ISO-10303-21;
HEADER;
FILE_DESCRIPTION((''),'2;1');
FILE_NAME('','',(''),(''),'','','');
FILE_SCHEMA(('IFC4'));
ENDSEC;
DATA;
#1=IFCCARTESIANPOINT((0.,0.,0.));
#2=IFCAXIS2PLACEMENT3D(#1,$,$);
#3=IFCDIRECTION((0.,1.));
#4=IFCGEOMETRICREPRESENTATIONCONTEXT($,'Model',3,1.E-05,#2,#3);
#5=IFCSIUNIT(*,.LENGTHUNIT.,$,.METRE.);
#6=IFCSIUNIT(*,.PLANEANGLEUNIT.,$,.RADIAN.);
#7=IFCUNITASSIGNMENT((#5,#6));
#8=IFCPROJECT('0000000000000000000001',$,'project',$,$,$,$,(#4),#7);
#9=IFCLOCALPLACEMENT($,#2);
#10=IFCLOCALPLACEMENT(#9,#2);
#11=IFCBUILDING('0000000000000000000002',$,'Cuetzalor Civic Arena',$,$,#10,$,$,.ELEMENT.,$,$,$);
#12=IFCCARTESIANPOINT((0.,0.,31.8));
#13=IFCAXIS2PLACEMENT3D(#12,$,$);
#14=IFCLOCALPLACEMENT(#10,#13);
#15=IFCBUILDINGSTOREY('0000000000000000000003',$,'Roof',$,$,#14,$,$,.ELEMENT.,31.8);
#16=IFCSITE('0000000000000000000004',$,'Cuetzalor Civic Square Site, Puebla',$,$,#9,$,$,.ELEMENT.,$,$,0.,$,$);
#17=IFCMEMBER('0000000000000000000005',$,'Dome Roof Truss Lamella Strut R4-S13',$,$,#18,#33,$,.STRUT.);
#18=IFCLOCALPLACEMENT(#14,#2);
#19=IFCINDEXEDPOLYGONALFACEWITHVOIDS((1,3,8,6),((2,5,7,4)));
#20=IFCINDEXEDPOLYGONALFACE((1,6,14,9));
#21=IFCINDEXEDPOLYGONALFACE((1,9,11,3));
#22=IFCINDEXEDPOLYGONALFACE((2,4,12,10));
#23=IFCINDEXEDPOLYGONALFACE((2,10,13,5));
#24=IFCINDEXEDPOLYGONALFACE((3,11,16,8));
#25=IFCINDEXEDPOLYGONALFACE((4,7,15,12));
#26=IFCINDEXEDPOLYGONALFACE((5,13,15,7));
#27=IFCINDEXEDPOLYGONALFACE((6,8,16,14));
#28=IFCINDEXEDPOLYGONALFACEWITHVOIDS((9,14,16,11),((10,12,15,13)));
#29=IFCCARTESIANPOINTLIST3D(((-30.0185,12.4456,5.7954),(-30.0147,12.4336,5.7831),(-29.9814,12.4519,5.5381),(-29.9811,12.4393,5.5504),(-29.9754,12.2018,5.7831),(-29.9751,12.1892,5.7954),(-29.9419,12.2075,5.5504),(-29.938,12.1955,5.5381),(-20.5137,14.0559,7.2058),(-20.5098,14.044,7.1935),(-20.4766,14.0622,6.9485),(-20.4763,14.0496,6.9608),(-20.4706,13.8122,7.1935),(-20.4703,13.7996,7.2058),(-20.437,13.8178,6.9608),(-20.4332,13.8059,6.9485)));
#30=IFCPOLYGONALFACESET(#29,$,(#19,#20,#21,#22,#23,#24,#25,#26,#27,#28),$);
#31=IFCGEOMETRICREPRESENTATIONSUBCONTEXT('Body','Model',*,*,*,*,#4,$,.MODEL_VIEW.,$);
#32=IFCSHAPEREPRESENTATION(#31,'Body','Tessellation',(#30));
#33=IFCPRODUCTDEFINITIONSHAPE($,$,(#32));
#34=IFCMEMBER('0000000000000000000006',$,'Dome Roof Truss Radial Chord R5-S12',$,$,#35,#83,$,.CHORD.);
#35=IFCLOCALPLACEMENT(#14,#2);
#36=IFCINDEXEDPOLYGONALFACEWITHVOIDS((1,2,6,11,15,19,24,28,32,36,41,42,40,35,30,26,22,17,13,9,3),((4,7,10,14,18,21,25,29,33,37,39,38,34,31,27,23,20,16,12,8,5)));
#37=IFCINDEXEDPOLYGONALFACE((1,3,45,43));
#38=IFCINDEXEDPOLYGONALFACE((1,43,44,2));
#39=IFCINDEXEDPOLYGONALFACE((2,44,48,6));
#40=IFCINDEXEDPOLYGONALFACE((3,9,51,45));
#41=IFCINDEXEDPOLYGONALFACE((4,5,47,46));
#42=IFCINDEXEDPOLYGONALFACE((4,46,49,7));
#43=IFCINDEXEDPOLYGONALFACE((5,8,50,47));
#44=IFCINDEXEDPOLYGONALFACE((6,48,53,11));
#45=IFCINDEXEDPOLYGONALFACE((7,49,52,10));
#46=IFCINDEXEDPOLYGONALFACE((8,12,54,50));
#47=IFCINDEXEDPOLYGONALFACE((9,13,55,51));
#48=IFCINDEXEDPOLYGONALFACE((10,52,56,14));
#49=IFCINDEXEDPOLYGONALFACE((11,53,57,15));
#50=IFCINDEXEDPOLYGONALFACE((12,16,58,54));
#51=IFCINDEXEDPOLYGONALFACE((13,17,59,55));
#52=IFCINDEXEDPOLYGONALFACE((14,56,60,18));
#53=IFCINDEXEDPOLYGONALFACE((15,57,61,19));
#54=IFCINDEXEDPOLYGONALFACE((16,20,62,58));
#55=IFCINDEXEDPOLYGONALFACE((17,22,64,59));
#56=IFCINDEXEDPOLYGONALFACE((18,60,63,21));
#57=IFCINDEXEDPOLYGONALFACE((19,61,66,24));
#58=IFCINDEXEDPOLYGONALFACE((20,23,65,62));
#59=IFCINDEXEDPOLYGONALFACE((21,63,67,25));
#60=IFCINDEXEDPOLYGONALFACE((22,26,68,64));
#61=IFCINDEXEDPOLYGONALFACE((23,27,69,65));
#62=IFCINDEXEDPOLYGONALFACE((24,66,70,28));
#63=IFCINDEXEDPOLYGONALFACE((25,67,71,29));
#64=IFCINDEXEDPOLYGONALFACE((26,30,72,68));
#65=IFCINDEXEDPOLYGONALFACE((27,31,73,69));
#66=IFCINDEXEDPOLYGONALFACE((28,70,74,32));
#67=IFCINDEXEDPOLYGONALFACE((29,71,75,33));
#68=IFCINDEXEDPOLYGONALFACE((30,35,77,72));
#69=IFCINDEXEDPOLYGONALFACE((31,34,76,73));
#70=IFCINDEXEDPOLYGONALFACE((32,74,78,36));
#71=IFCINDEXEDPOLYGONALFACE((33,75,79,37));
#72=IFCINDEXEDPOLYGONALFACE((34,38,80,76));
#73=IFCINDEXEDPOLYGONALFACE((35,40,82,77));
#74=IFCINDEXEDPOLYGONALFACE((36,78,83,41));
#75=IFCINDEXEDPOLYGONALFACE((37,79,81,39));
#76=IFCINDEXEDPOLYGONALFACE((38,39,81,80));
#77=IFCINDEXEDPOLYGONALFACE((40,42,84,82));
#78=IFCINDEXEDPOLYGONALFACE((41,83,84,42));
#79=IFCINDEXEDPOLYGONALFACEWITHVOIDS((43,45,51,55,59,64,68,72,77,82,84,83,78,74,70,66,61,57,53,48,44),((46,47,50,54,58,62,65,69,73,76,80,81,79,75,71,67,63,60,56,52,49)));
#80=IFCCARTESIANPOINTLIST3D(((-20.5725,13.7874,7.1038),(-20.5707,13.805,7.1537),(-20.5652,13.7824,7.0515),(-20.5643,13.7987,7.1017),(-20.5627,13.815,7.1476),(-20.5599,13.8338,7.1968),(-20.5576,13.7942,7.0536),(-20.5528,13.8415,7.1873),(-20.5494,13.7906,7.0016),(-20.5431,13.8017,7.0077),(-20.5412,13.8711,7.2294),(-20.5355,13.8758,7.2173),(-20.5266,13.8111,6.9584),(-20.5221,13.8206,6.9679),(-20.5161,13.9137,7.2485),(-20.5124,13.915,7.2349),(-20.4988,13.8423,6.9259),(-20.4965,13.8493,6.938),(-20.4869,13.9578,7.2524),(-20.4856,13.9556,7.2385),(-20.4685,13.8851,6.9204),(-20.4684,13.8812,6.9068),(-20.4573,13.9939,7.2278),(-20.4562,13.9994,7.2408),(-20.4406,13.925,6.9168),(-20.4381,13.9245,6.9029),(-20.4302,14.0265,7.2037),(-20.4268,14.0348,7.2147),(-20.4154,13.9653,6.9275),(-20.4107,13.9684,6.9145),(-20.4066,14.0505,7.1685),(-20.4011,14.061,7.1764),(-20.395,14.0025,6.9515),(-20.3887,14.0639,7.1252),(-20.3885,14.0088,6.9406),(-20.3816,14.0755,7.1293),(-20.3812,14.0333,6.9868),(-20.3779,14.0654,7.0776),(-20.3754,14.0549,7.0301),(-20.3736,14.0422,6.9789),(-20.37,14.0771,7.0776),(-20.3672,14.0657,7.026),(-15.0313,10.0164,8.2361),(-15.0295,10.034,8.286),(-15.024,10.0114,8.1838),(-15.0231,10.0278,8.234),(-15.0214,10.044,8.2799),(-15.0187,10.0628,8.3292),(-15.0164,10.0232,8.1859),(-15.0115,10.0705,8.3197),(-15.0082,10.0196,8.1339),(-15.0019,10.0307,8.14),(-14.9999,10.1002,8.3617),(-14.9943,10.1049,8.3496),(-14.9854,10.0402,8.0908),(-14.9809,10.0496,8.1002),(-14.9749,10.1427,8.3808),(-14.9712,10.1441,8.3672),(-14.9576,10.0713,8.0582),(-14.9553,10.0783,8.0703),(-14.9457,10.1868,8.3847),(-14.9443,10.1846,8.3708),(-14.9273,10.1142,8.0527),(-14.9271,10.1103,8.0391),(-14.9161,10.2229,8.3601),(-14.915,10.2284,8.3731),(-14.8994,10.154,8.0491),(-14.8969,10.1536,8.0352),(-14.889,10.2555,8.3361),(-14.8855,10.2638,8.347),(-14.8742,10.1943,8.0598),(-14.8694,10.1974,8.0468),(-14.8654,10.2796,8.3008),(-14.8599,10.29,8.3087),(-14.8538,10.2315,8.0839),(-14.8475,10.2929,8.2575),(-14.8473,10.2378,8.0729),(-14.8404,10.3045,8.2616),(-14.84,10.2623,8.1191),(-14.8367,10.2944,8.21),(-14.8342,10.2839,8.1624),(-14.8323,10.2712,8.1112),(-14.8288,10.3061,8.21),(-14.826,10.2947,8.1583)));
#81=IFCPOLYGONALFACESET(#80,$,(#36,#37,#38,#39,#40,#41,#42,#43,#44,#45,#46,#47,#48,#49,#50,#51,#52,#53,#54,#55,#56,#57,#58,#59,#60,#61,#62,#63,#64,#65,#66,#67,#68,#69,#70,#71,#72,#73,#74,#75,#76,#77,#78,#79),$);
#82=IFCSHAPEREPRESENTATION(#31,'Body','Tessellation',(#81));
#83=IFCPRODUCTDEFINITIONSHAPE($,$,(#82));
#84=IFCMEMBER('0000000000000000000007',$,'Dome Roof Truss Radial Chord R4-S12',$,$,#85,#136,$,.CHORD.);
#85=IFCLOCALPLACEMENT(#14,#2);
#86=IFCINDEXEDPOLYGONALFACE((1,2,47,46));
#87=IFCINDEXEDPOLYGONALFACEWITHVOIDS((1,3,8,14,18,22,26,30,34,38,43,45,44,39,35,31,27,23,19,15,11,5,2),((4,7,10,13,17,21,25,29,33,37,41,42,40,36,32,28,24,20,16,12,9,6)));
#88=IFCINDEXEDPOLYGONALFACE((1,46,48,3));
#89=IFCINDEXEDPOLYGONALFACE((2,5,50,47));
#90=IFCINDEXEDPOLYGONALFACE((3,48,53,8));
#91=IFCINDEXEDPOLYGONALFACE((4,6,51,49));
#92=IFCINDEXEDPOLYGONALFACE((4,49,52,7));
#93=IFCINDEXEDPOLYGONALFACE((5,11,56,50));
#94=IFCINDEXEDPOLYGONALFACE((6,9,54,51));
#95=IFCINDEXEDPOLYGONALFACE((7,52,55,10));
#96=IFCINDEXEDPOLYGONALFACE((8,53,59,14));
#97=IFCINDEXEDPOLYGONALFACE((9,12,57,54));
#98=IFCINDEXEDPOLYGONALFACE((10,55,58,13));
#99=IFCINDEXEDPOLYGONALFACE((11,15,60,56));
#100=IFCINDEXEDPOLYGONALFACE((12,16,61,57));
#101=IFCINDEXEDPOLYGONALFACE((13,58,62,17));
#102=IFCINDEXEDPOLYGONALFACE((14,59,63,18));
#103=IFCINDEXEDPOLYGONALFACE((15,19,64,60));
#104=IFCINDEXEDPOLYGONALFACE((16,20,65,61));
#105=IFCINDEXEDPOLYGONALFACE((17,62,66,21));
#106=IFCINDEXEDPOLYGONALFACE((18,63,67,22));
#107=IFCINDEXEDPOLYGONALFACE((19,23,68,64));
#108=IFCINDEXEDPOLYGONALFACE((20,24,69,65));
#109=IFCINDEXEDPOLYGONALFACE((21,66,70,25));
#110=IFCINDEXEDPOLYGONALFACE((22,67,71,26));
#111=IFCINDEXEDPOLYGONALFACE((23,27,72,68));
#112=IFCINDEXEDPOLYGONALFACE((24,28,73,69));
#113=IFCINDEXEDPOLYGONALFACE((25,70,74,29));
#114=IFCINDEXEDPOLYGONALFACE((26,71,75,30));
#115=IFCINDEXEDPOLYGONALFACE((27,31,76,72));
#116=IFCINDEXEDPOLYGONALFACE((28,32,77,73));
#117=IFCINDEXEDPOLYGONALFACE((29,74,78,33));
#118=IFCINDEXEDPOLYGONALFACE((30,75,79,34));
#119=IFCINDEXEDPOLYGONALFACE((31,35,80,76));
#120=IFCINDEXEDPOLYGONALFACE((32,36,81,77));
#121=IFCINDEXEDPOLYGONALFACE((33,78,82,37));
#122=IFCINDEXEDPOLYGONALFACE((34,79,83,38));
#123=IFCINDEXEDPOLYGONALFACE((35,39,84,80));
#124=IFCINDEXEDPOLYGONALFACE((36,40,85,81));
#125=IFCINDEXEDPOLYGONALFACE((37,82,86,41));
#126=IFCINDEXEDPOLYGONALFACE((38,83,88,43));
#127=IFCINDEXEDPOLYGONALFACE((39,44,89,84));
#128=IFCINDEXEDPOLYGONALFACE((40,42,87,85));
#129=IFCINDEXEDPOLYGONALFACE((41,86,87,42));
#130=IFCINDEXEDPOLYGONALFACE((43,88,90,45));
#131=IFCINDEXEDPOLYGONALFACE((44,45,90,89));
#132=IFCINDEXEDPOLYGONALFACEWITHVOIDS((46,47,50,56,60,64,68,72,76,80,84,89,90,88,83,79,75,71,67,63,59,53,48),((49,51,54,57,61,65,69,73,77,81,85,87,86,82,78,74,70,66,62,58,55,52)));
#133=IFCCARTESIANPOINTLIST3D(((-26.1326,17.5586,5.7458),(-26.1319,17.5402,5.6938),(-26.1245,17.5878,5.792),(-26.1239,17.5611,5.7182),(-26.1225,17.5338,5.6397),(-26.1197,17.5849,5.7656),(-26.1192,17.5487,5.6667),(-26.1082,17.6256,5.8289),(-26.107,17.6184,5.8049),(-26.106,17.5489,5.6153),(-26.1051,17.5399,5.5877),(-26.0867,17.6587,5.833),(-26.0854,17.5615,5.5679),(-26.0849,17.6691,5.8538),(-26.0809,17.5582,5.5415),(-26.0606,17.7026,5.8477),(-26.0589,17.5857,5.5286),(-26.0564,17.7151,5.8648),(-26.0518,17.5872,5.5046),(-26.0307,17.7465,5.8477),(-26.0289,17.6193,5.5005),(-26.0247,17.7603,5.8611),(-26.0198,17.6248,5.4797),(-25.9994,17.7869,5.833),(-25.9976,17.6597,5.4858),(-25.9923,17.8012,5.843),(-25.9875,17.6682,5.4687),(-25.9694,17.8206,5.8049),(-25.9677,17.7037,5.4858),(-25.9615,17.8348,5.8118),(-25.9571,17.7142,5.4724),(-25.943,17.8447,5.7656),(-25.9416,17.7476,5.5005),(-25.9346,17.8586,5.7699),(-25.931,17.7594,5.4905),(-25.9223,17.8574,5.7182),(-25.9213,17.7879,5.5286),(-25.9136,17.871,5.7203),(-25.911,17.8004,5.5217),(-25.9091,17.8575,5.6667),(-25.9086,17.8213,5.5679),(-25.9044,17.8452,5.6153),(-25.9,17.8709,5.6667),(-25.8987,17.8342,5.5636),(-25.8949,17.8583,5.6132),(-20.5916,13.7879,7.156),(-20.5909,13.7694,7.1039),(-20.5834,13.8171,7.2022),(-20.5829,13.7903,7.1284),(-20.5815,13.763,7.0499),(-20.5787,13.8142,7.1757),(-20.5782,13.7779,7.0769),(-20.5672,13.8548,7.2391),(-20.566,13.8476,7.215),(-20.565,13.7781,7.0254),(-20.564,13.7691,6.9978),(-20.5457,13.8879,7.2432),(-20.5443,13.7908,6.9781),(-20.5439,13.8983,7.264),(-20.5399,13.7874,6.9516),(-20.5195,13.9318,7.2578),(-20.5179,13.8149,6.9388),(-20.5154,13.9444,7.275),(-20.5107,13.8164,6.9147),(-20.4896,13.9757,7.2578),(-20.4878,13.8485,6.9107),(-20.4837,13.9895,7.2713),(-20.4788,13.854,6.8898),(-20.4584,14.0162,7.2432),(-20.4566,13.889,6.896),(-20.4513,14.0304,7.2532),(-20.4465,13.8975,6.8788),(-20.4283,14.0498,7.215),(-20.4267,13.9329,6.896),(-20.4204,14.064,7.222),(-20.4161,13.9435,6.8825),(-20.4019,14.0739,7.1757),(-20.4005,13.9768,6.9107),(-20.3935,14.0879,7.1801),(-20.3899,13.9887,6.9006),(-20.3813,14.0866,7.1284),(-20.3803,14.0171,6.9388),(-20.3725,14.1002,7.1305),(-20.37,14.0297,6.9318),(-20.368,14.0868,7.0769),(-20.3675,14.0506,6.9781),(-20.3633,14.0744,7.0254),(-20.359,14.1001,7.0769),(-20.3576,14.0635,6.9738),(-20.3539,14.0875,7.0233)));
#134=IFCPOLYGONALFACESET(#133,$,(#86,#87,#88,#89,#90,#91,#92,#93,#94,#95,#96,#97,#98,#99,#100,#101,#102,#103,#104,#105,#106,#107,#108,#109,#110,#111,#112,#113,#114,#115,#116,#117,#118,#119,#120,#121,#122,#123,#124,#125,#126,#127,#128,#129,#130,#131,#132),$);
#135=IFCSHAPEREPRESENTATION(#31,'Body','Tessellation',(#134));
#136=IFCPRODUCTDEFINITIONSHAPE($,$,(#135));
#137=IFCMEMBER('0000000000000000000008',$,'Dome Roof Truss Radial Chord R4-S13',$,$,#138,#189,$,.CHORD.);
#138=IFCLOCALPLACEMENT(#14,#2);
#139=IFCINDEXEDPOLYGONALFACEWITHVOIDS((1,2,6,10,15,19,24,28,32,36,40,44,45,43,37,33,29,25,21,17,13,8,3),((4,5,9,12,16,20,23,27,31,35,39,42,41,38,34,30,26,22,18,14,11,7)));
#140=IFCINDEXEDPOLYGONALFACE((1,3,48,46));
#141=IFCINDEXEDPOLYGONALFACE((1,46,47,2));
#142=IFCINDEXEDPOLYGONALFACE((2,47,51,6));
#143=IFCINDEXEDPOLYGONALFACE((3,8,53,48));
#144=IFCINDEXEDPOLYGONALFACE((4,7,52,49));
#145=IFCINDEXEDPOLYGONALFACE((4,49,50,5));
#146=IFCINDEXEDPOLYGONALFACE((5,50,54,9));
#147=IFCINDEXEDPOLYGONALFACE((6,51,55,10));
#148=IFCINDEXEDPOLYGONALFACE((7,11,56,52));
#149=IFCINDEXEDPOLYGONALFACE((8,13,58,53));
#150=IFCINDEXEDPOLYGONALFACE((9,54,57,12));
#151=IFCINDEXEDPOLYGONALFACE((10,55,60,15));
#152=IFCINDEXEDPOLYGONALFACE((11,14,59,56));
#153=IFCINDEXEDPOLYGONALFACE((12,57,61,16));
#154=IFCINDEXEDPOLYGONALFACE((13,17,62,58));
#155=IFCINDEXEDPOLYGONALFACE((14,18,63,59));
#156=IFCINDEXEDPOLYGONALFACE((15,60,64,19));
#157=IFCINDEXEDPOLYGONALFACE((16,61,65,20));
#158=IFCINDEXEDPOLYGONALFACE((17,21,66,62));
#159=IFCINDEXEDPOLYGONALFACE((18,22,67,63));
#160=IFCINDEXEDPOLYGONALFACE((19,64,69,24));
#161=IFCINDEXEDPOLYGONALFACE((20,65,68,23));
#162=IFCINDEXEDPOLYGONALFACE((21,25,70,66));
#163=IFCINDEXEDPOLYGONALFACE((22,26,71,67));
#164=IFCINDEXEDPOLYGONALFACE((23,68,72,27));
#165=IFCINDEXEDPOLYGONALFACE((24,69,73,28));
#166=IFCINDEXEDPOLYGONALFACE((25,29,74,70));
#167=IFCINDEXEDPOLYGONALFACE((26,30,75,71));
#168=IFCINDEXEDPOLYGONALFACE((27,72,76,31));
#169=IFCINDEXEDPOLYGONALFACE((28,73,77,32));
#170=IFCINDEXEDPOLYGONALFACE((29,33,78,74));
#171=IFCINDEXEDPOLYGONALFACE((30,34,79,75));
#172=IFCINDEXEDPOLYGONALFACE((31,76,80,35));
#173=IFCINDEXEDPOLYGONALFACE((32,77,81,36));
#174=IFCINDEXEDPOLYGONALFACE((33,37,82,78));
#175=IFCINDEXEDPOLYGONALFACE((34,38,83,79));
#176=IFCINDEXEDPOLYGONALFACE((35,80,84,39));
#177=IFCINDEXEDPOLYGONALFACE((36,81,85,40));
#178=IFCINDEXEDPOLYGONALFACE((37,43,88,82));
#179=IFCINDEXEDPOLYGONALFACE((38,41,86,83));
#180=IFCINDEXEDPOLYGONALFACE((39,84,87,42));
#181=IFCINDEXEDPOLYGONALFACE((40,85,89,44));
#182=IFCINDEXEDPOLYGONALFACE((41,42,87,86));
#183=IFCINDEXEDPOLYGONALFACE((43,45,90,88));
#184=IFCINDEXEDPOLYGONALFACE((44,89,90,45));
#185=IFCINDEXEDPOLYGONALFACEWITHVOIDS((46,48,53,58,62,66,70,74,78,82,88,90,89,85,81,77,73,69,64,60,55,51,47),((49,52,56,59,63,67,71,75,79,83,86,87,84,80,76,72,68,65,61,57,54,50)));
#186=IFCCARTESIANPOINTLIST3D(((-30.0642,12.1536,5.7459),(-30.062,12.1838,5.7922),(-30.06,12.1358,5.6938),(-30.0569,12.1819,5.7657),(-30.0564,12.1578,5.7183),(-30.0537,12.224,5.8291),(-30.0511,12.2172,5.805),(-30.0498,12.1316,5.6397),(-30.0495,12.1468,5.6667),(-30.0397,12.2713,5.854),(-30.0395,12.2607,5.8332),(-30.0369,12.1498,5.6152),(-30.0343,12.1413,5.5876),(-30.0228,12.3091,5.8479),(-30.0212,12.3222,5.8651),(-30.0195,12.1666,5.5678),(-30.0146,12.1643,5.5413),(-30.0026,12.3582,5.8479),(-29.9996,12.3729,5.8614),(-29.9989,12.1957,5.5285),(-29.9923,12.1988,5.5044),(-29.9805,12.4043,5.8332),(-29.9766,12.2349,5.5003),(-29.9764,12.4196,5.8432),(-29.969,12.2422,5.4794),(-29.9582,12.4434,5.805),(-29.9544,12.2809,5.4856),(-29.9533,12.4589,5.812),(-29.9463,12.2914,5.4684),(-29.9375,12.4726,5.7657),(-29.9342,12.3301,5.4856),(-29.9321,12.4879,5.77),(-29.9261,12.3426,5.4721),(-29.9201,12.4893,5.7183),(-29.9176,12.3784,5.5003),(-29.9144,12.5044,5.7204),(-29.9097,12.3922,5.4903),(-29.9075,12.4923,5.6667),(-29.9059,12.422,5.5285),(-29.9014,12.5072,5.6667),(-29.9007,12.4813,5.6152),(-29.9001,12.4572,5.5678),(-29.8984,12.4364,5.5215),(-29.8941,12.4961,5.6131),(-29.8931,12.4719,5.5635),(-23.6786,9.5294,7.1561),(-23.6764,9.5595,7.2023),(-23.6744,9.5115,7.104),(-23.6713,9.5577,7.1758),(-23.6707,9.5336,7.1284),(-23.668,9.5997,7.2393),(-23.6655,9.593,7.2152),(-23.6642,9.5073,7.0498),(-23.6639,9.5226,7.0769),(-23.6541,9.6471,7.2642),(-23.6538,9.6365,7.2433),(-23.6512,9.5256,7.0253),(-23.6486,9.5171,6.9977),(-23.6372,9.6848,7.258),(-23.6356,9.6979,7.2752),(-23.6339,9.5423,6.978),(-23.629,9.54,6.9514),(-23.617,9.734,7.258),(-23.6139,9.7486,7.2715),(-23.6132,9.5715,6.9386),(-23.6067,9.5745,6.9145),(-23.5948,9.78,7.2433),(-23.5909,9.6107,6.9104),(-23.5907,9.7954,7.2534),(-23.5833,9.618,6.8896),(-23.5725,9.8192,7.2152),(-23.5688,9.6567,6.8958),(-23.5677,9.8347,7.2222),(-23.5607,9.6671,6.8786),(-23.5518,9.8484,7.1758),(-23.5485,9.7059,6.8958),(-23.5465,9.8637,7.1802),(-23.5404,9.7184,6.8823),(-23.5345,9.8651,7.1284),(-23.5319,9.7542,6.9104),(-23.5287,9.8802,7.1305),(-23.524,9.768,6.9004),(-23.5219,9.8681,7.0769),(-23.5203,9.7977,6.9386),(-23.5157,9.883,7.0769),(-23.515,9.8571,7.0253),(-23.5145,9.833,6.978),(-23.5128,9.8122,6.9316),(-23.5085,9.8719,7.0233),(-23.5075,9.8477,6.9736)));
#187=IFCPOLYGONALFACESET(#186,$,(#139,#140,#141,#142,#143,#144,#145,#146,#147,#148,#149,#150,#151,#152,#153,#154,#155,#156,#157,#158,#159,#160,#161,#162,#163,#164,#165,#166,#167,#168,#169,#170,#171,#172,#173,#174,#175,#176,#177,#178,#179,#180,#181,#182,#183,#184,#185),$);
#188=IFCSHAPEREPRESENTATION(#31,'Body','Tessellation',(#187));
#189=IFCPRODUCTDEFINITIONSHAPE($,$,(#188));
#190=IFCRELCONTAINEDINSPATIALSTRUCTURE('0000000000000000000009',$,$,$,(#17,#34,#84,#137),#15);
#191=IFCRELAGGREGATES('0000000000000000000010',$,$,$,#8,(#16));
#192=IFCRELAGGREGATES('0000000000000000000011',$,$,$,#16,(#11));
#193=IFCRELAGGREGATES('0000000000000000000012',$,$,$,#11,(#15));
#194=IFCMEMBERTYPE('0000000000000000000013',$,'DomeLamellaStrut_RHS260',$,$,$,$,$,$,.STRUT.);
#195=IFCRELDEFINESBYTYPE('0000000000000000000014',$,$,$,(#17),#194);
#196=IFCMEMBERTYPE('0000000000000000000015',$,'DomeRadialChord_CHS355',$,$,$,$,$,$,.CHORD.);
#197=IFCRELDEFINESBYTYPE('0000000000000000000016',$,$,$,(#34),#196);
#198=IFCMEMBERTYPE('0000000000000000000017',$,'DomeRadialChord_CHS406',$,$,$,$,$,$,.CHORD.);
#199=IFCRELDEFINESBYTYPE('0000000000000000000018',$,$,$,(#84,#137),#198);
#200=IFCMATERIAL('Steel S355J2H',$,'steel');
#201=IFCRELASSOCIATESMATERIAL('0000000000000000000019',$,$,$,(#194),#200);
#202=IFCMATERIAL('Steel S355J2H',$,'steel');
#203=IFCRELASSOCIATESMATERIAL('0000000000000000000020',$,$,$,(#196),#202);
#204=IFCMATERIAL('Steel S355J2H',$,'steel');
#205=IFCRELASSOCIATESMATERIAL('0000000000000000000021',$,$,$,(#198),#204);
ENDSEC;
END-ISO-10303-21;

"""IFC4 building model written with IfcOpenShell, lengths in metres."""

from ifc_helpers import new_model, si_unit, direction, frame, origin, origin_2d, place, context, subcontext, project, spatial, hollow_rectangle, hollow_circle, extrude, material, material_profile, profile_set, type_object, element, save


model = new_model("IFC4")

# Units and contexts
model_context = context("Model", 3, precision=1e-05, world=origin(), true_north=direction((0.0, 1.0)))
body_context = subcontext(model_context, "Body", "Model", "MODEL_VIEW")
ifc_project = project(units=[si_unit("LENGTHUNIT", "METRE"), si_unit("PLANEANGLEUNIT", "RADIAN")], contexts=[model_context])

# Site, building, storey
site_placement = place(None, origin())
site = spatial("IfcSite", under=ifc_project, at=site_placement, Name="Cuetzalor Civic Square Site, Puebla", CompositionType="ELEMENT", RefElevation=0.0)
building_placement = place(site_placement, origin())
building = spatial("IfcBuilding", under=site, at=building_placement, Name="Cuetzalor Civic Arena", CompositionType="ELEMENT")
storey_placement = place(building_placement, frame((0.0, 0.0, 31.8)))
storey = spatial("IfcBuildingStorey", under=building, at=storey_placement, Name="Roof", CompositionType="ELEMENT", Elevation=31.8)

# Members
ifc_material_1 = material(Name="Steel S355J2H", Category="steel")
ifc_material_profile_1 = material_profile(ifc_material_1, hollow_rectangle(XDim=0.26, YDim=0.26, WallThickness=0.0125, at=origin_2d()), Name="RHS 260x260x12.5")
ifc_profile_set_1 = profile_set([ifc_material_profile_1], Name="Steel S355J2H")
member_type_1 = type_object("IfcMemberType", Name="DomeLamellaStrut_RHS260", PredefinedType="STRUT", material=ifc_profile_set_1)
member_1_placement = place(storey_placement, frame((-29.9783, 12.3206, 5.6667), z_axis=(0.975564, 0.165284, 0.144761), x_axis=(-0.167043, 0.98595, 0.0)))
element("IfcMember", 1, at=member_1_placement, inside=storey, type_object=member_type_1, Name="Dome Roof Truss Lamella Strut R4-S13", PredefinedType="STRUT", context=body_context, shape_type="SweptSolid", body=[
    extrude(hollow_rectangle(XDim=0.26, YDim=0.26, WallThickness=0.0125, at=origin_2d()), origin(), (0.0, 0.0, 1.0), 9.7429),
])
ifc_material_2 = material(Name="Steel S355J2H", Category="steel")
ifc_material_profile_2 = material_profile(ifc_material_2, hollow_circle(Radius=0.1777, WallThickness=0.0142, at=origin_2d()), Name="CHS 355.6x14.2")
ifc_profile_set_2 = profile_set([ifc_material_profile_2], Name="Steel S355J2H")
member_type_2 = type_object("IfcMemberType", Name="DomeRadialChord_CHS355", PredefinedType="CHORD", material=ifc_profile_set_2)
member_2_placement = place(storey_placement, frame((-20.47, 13.9302, 7.0776), z_axis=(0.815172, -0.554749, 0.166576), x_axis=(0.56261, 0.826723, 0.0)))
element("IfcMember", 2, at=member_2_placement, inside=storey, type_object=member_type_2, Name="Dome Roof Truss Radial Chord R5-S12", PredefinedType="CHORD", context=body_context, shape_type="SweptSolid", body=[
    extrude(hollow_circle(Radius=0.1777, WallThickness=0.0142, at=origin_2d()), origin(), (0.0, 0.0, 1.0), 6.7976),
])
ifc_material_3 = material(Name="Steel S355J2H", Category="steel")
ifc_material_profile_3 = material_profile(ifc_material_3, hollow_circle(Radius=0.2029, WallThickness=0.0161, at=origin_2d()), Name="CHS 406x16")
ifc_profile_set_3 = profile_set([ifc_material_profile_3], Name="Steel S355J2H")
member_type_3 = type_object("IfcMemberType", Name="DomeRadialChord_CHS406", PredefinedType="CHORD", material=ifc_profile_set_3)
member_3_placement = place(storey_placement, frame((-26.0142, 17.7031, 5.6667), z_axis=(0.809015, -0.550548, 0.20589), x_axis=(0.562602, 0.826728, 0.0)))
element("IfcMember", 3, at=member_3_placement, inside=storey, type_object=member_type_3, Name="Dome Roof Truss Radial Chord R4-S12", PredefinedType="CHORD", context=body_context, shape_type="SweptSolid", body=[
    extrude(hollow_circle(Radius=0.2029, WallThickness=0.0161, at=origin_2d()), origin(), (0.0, 0.0, 1.0), 6.8491),
])
member_4_placement = place(storey_placement, frame((-29.9785, 12.3196, 5.6667), z_axis=(0.90623, -0.372422, 0.200122), x_axis=(0.380111, 0.924941, 0.0)))
element("IfcMember", 4, at=member_4_placement, inside=storey, type_object=member_type_3, Name="Dome Roof Truss Radial Chord R4-S13", PredefinedType="CHORD", context=body_context, shape_type="SweptSolid", body=[
    extrude(hollow_circle(Radius=0.2029, WallThickness=0.0161, at=origin_2d()), origin(), (0.0, 0.0, 1.0), 7.0464),
])

save(model, "model.ifc")
